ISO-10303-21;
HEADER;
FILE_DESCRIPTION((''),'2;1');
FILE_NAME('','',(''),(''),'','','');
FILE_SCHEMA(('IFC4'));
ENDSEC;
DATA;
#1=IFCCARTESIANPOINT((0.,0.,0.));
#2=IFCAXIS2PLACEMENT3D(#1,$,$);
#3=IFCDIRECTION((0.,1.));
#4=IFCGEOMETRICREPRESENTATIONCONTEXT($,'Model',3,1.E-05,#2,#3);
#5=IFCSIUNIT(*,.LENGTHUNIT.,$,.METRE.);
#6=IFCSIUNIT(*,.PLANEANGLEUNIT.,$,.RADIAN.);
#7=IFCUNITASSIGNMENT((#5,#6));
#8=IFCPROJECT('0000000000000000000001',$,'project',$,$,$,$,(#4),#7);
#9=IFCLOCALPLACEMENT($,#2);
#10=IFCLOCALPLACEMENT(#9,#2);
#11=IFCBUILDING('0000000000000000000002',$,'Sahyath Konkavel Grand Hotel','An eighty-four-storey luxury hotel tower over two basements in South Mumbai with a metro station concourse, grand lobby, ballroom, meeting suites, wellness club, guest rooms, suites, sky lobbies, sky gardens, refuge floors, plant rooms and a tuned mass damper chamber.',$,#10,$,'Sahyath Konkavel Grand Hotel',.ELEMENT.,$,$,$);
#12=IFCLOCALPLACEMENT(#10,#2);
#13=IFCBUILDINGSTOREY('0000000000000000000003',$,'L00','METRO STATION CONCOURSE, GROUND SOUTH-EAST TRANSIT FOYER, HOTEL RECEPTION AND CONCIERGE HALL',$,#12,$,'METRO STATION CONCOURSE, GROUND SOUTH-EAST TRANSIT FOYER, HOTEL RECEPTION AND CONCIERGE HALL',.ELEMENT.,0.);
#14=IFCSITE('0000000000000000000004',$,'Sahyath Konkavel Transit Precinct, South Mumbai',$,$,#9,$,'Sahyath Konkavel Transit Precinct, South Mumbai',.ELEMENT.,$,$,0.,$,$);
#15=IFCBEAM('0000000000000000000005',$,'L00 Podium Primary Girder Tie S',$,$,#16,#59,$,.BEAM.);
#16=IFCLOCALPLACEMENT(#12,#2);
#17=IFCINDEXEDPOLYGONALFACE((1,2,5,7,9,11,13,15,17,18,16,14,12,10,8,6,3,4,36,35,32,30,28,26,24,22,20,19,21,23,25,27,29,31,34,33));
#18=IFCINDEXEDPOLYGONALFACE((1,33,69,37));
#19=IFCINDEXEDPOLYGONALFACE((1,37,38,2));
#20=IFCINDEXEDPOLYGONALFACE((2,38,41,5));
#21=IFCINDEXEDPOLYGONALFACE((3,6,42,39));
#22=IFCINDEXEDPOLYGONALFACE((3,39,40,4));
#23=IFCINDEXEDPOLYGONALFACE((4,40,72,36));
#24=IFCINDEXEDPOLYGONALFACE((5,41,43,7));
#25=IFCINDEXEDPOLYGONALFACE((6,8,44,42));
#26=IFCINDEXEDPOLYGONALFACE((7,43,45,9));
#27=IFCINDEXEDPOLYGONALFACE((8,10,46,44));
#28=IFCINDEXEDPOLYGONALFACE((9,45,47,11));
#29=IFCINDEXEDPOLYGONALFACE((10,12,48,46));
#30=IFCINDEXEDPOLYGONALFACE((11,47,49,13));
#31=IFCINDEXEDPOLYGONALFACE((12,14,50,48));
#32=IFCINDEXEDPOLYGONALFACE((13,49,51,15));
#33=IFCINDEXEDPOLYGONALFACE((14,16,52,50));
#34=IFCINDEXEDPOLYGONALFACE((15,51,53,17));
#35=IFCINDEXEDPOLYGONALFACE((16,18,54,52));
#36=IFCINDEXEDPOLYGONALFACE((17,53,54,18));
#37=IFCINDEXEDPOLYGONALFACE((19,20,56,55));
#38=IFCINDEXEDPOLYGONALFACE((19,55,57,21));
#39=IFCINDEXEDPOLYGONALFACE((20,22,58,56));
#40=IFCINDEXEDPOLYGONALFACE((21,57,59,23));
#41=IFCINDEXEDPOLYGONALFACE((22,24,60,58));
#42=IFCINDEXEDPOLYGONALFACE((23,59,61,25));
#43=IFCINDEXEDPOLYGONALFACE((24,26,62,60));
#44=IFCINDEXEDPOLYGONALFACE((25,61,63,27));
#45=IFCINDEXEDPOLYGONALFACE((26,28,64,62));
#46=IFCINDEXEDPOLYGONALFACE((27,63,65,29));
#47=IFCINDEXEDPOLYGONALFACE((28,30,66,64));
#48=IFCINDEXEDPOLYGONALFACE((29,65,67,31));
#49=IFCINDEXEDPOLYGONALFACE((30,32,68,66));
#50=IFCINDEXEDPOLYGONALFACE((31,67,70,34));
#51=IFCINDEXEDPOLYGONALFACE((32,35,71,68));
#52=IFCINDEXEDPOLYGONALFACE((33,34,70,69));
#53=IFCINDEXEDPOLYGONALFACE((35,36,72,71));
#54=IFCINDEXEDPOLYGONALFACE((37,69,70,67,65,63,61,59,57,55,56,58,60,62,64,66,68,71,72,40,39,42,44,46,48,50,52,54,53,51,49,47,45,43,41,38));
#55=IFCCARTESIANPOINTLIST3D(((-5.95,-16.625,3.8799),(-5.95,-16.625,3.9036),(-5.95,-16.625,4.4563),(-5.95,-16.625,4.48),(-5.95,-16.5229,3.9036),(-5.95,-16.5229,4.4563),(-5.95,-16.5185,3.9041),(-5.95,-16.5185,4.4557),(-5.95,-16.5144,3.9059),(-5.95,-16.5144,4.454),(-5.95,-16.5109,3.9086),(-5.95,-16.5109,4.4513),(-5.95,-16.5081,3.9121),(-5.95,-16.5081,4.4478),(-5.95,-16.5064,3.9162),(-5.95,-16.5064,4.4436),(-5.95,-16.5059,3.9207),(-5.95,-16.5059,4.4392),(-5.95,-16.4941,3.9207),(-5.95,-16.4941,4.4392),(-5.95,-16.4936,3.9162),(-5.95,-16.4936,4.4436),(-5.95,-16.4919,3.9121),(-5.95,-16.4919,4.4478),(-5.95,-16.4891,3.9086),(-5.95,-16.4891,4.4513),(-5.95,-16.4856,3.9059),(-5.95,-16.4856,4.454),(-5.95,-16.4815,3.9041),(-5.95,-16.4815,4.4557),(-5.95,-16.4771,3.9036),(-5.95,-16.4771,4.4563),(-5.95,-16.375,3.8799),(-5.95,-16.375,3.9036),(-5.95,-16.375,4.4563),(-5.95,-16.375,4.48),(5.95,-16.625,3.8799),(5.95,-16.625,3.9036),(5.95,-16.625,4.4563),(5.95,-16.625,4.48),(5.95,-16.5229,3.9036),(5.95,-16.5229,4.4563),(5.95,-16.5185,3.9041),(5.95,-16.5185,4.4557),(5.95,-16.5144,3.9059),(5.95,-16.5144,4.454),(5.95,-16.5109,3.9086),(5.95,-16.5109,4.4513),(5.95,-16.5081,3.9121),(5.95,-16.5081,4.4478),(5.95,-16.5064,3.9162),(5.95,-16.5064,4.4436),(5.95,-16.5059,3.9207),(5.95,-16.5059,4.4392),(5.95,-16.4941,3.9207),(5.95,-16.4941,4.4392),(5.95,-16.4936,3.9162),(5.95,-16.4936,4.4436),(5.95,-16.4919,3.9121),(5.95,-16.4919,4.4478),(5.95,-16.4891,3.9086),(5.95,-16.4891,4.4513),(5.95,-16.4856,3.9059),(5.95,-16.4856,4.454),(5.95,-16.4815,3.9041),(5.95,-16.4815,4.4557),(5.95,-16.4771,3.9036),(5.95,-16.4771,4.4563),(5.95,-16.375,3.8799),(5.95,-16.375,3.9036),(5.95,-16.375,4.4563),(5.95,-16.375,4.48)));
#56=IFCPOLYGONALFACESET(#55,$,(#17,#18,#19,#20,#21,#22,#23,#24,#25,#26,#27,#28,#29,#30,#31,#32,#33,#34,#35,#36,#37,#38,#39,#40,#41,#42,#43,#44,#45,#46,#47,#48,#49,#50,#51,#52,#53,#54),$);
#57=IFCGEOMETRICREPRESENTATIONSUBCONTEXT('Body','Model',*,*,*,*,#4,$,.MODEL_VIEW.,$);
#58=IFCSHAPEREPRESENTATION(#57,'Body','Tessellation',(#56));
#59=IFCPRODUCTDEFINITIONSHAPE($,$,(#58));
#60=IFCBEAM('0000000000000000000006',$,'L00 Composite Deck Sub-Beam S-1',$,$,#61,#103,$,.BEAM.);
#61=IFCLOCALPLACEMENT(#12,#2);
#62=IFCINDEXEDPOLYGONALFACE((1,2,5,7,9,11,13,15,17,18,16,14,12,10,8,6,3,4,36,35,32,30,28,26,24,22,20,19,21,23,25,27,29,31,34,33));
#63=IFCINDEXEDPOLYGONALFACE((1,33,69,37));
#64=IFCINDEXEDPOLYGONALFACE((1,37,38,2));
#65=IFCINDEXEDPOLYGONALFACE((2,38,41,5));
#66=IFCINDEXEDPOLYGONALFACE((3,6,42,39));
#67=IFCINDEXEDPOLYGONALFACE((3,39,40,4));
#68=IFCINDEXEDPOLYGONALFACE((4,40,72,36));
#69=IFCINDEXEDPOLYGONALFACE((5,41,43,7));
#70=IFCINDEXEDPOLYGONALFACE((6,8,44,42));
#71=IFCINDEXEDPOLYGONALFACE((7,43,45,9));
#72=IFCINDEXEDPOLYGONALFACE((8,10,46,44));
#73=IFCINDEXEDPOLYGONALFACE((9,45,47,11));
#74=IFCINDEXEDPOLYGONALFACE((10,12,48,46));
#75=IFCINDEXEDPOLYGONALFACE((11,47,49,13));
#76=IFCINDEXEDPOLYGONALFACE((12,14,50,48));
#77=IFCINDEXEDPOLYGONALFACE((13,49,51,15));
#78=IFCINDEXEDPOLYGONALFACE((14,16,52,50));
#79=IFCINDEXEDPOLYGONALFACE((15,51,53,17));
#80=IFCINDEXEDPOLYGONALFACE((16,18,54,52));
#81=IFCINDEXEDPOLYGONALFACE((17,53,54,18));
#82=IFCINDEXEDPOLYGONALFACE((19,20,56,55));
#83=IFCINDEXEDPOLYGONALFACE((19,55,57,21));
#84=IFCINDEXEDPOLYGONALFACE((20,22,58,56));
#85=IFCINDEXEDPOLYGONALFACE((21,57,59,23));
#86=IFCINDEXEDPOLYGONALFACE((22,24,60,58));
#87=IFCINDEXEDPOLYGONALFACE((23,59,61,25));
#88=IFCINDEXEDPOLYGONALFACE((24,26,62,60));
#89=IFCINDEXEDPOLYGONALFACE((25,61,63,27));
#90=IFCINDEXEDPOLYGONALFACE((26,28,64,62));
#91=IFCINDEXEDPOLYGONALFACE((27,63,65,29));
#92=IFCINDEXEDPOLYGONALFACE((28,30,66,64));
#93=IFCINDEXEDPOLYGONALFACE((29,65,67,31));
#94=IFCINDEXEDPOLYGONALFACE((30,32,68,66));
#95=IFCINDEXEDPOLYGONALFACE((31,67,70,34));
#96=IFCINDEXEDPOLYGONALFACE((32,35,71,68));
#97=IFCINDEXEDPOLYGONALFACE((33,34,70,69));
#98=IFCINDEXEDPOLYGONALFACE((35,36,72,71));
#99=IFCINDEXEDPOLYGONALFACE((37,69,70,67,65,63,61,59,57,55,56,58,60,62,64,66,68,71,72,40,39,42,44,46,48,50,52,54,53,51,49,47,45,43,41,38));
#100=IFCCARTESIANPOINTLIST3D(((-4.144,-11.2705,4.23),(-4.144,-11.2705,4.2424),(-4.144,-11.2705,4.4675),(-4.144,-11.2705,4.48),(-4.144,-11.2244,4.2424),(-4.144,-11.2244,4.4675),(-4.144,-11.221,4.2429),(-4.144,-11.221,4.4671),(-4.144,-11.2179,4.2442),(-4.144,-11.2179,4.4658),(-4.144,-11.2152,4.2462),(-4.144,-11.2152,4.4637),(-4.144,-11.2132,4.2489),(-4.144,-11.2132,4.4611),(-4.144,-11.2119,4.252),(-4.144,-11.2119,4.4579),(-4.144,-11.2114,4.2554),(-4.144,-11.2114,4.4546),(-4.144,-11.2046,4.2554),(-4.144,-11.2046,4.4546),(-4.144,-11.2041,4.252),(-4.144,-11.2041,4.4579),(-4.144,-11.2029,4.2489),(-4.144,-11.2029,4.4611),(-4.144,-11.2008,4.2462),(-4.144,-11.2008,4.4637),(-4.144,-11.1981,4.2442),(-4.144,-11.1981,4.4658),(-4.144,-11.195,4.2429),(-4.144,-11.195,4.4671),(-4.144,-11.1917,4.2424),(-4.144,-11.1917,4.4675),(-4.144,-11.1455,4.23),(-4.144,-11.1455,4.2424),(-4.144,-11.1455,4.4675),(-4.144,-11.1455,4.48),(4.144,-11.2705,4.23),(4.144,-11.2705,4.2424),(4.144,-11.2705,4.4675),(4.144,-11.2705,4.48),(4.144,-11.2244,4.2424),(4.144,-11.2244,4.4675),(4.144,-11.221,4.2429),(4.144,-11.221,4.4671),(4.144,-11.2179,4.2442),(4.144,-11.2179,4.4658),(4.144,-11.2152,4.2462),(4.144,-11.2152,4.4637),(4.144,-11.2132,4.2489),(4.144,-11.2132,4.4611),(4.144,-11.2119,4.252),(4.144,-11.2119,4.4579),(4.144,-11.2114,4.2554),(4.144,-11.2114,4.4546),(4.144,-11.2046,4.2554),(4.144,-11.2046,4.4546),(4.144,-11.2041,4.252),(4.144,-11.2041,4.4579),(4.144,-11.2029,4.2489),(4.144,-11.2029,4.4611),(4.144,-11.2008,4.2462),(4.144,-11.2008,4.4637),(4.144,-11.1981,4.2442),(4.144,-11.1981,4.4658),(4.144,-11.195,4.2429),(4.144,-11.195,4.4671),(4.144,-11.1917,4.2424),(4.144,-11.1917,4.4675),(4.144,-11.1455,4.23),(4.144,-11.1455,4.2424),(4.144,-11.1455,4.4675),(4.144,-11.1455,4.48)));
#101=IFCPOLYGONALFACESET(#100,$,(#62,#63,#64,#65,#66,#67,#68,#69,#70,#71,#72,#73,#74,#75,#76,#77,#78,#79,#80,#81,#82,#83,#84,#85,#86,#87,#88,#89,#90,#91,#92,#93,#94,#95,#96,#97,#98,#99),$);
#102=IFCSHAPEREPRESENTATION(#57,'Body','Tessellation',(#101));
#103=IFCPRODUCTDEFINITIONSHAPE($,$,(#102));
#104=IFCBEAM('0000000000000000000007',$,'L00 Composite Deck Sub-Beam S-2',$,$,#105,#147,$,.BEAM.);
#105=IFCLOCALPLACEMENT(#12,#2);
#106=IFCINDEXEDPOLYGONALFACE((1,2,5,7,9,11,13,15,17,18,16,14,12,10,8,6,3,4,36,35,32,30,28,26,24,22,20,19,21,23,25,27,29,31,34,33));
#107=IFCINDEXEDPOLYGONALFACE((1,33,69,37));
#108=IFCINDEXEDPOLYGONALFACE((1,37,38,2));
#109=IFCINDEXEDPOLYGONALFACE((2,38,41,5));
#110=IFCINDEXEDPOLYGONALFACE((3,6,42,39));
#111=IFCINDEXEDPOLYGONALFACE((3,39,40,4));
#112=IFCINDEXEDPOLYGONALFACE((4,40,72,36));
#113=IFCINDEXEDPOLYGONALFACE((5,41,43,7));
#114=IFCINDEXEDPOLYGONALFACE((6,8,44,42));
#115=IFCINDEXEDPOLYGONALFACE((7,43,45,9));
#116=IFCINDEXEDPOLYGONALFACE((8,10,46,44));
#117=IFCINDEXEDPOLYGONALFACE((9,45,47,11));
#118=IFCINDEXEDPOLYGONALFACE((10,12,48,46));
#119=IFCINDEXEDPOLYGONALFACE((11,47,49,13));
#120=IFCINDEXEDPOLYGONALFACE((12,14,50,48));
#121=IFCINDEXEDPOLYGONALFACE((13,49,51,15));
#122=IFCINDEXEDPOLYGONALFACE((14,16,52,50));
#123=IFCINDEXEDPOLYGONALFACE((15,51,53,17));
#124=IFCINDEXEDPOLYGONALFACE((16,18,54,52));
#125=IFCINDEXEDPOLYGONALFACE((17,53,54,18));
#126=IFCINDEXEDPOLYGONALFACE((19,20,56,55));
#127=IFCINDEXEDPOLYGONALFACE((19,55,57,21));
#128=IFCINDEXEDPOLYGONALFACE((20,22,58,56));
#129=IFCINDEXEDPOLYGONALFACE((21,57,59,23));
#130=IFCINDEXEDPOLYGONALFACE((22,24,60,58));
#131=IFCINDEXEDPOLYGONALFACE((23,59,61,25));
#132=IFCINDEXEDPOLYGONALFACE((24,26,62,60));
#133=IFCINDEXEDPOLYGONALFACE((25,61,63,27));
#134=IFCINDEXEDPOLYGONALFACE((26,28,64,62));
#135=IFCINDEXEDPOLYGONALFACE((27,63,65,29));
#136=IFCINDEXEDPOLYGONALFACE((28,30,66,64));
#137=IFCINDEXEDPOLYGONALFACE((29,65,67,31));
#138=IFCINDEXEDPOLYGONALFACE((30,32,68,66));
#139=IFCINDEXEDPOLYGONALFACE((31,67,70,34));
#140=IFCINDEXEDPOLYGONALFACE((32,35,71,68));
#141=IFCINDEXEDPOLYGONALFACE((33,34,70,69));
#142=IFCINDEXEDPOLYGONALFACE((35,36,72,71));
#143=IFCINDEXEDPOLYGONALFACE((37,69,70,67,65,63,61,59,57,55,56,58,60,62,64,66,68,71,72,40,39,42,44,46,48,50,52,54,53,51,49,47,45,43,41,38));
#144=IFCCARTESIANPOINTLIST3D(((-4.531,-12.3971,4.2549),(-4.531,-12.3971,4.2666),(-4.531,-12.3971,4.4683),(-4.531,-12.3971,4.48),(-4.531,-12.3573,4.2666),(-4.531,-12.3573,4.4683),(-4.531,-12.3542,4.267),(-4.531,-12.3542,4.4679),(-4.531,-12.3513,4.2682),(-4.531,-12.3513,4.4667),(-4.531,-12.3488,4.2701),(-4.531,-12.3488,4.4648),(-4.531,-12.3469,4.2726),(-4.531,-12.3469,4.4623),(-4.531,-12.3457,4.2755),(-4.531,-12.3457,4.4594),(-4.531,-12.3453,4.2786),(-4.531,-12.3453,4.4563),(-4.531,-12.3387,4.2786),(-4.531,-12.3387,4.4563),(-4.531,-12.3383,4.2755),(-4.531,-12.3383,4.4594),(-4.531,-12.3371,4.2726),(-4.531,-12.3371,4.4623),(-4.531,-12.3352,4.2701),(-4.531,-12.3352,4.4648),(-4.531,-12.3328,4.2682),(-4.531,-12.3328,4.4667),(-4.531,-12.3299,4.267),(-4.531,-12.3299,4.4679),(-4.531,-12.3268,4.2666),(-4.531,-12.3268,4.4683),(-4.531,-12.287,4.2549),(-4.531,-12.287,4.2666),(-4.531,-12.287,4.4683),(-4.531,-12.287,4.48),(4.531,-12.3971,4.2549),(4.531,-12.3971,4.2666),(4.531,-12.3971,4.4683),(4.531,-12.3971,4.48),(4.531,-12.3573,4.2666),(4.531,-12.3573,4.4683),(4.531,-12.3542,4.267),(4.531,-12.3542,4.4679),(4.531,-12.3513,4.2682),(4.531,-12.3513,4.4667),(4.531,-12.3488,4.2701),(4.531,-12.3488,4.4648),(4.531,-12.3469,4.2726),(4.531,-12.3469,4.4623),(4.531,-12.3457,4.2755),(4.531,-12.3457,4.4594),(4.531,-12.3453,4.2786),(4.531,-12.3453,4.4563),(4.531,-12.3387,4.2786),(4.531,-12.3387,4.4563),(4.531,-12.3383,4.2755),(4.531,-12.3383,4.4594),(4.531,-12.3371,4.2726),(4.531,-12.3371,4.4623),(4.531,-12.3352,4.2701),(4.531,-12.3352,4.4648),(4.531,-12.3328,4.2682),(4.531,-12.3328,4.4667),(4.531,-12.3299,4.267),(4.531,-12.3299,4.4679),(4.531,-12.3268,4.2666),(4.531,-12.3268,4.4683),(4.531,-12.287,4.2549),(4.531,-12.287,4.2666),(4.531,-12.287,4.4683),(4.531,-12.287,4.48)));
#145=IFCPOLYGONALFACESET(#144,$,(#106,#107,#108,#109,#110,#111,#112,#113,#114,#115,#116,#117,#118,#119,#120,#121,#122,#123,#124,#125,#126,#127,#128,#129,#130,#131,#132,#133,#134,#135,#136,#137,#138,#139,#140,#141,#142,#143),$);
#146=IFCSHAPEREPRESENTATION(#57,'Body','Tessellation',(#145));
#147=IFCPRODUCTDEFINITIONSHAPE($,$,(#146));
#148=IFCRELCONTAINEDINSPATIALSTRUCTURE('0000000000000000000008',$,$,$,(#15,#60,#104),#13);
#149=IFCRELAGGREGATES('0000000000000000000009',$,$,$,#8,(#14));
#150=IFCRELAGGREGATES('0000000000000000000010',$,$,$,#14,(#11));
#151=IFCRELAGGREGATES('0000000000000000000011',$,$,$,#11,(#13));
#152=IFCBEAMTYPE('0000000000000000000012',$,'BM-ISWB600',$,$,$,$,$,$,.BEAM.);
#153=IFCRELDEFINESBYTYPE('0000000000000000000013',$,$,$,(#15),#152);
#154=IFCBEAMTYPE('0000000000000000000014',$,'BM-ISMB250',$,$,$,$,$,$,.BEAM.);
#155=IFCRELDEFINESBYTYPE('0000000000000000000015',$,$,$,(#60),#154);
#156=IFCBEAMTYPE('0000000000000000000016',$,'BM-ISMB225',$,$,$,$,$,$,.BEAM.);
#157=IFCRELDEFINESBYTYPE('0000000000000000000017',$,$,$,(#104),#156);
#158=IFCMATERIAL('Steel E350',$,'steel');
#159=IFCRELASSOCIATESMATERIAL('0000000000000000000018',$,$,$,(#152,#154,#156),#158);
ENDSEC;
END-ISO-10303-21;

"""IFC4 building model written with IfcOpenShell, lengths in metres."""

from ifc_helpers import new_model, si_unit, direction, frame, origin, origin_2d, place, context, subcontext, project, spatial, i_section, extrude, source, transform, mapped, material, material_profile, profile_set, type_object, element, save


model = new_model("IFC4")

# Units and contexts
model_context = context("Model", 3, precision=1e-05, world=origin(), true_north=direction((0.0, 1.0)))
body_context = subcontext(model_context, "Body", "Model", "MODEL_VIEW")
ifc_project = project(units=[si_unit("LENGTHUNIT", "METRE"), si_unit("PLANEANGLEUNIT", "RADIAN")], contexts=[model_context])

# Site, building, storey
site_placement = place(None, origin())
site = spatial("IfcSite", under=ifc_project, at=site_placement, Name="Sahyath Konkavel Transit Precinct, South Mumbai", LongName="Sahyath Konkavel Transit Precinct, South Mumbai", CompositionType="ELEMENT", RefElevation=0.0)
building_placement = place(site_placement, origin())
building = spatial("IfcBuilding", under=site, at=building_placement, Name="Sahyath Konkavel Grand Hotel", Description="An eighty-four-storey luxury hotel tower over two basements in South Mumbai with a metro station concourse, grand lobby, ballroom, meeting suites, wellness club, guest rooms, suites, sky lobbies, sky gardens, refuge floors, plant rooms and a tuned mass damper chamber.", LongName="Sahyath Konkavel Grand Hotel", CompositionType="ELEMENT")
storey_placement = place(building_placement, origin())
storey = spatial("IfcBuildingStorey", under=building, at=storey_placement, Name="L00", Description="METRO STATION CONCOURSE, GROUND SOUTH-EAST TRANSIT FOYER, HOTEL RECEPTION AND CONCIERGE HALL", LongName="METRO STATION CONCOURSE, GROUND SOUTH-EAST TRANSIT FOYER, HOTEL RECEPTION AND CONCIERGE HALL", CompositionType="ELEMENT", Elevation=0.0)

# Beams
ifc_material_1 = material(Name="Steel E350", Category="steel")
ifc_material_profile_1 = material_profile(ifc_material_1, i_section(OverallWidth=0.25, OverallDepth=0.6001, WebThickness=0.0117, FlangeThickness=0.0237, FilletRadius=0.0171, at=origin_2d()), Name="ISWB 600")
ifc_profile_set_1 = profile_set([ifc_material_profile_1], Name="Steel E350")
beam_type_1 = type_object("IfcBeamType", Name="BM-ISWB600", PredefinedType="BEAM", material=ifc_profile_set_1)
shared_shape_1 = source(origin(), body_context, "Body", "SweptSolid", [
    extrude(i_section(OverallWidth=0.25, OverallDepth=0.6001, WebThickness=0.0117, FlangeThickness=0.0237, FilletRadius=0.0171, at=origin_2d()), origin(), (0.0, 0.0, 1.0), 11.8999),
])
beam_1_placement = place(storey_placement, frame((-5.95, -16.5, 4.1799), z_axis=(1.0, 0.0, 0.0), x_axis=(0.0, 1.0, 0.0)))
element("IfcBeam", 1, at=beam_1_placement, inside=storey, type_object=beam_type_1, Name="L00 Podium Primary Girder Tie S", PredefinedType="BEAM", context=body_context, shape_type="MappedRepresentation", body=[
    mapped(shared_shape_1, transform((0.0, 0.0, 0.0), scale=1.0)),
])
ifc_material_profile_2 = material_profile(ifc_material_1, i_section(OverallWidth=0.125, OverallDepth=0.25, WebThickness=0.0068, FlangeThickness=0.0125, FilletRadius=0.0129, at=origin_2d()), Name="ISMB 250")
ifc_profile_set_2 = profile_set([ifc_material_profile_2], Name="Steel E350")
beam_type_2 = type_object("IfcBeamType", Name="BM-ISMB250", PredefinedType="BEAM", material=ifc_profile_set_2)
shared_shape_2 = source(origin(), body_context, "Body", "SweptSolid", [
    extrude(i_section(OverallWidth=0.125, OverallDepth=0.25, WebThickness=0.0068, FlangeThickness=0.0125, FilletRadius=0.0129, at=origin_2d()), origin(), (0.0, 0.0, 1.0), 8.2881),
])
beam_2_placement = place(storey_placement, frame((-4.144, -11.208, 4.355), z_axis=(1.0, 0.0, 0.0), x_axis=(0.0, 1.0, 0.0)))
element("IfcBeam", 2, at=beam_2_placement, inside=storey, type_object=beam_type_2, Name="L00 Composite Deck Sub-Beam S-1", PredefinedType="BEAM", context=body_context, shape_type="MappedRepresentation", body=[
    mapped(shared_shape_2, transform((0.0, 0.0, 0.0), scale=1.0)),
])
ifc_material_profile_3 = material_profile(ifc_material_1, i_section(OverallWidth=0.1101, OverallDepth=0.2251, WebThickness=0.0066, FlangeThickness=0.0117, FilletRadius=0.012, at=origin_2d()), Name="ISMB 225")
ifc_profile_set_3 = profile_set([ifc_material_profile_3], Name="Steel E350")
beam_type_3 = type_object("IfcBeamType", Name="BM-ISMB225", PredefinedType="BEAM", material=ifc_profile_set_3)
shared_shape_3 = source(origin(), body_context, "Body", "SweptSolid", [
    extrude(i_section(OverallWidth=0.1101, OverallDepth=0.2251, WebThickness=0.0066, FlangeThickness=0.0117, FilletRadius=0.012, at=origin_2d()), origin(), (0.0, 0.0, 1.0), 9.062),
])
beam_3_placement = place(storey_placement, frame((-4.531, -12.342, 4.3674), z_axis=(1.0, 0.0, 0.0), x_axis=(0.0, 1.0, 0.0)))
element("IfcBeam", 3, at=beam_3_placement, inside=storey, type_object=beam_type_3, Name="L00 Composite Deck Sub-Beam S-2", PredefinedType="BEAM", context=body_context, shape_type="MappedRepresentation", body=[
    mapped(shared_shape_3, transform((0.0, 0.0, 0.0), scale=1.0)),
])

save(model, "model.ifc")
